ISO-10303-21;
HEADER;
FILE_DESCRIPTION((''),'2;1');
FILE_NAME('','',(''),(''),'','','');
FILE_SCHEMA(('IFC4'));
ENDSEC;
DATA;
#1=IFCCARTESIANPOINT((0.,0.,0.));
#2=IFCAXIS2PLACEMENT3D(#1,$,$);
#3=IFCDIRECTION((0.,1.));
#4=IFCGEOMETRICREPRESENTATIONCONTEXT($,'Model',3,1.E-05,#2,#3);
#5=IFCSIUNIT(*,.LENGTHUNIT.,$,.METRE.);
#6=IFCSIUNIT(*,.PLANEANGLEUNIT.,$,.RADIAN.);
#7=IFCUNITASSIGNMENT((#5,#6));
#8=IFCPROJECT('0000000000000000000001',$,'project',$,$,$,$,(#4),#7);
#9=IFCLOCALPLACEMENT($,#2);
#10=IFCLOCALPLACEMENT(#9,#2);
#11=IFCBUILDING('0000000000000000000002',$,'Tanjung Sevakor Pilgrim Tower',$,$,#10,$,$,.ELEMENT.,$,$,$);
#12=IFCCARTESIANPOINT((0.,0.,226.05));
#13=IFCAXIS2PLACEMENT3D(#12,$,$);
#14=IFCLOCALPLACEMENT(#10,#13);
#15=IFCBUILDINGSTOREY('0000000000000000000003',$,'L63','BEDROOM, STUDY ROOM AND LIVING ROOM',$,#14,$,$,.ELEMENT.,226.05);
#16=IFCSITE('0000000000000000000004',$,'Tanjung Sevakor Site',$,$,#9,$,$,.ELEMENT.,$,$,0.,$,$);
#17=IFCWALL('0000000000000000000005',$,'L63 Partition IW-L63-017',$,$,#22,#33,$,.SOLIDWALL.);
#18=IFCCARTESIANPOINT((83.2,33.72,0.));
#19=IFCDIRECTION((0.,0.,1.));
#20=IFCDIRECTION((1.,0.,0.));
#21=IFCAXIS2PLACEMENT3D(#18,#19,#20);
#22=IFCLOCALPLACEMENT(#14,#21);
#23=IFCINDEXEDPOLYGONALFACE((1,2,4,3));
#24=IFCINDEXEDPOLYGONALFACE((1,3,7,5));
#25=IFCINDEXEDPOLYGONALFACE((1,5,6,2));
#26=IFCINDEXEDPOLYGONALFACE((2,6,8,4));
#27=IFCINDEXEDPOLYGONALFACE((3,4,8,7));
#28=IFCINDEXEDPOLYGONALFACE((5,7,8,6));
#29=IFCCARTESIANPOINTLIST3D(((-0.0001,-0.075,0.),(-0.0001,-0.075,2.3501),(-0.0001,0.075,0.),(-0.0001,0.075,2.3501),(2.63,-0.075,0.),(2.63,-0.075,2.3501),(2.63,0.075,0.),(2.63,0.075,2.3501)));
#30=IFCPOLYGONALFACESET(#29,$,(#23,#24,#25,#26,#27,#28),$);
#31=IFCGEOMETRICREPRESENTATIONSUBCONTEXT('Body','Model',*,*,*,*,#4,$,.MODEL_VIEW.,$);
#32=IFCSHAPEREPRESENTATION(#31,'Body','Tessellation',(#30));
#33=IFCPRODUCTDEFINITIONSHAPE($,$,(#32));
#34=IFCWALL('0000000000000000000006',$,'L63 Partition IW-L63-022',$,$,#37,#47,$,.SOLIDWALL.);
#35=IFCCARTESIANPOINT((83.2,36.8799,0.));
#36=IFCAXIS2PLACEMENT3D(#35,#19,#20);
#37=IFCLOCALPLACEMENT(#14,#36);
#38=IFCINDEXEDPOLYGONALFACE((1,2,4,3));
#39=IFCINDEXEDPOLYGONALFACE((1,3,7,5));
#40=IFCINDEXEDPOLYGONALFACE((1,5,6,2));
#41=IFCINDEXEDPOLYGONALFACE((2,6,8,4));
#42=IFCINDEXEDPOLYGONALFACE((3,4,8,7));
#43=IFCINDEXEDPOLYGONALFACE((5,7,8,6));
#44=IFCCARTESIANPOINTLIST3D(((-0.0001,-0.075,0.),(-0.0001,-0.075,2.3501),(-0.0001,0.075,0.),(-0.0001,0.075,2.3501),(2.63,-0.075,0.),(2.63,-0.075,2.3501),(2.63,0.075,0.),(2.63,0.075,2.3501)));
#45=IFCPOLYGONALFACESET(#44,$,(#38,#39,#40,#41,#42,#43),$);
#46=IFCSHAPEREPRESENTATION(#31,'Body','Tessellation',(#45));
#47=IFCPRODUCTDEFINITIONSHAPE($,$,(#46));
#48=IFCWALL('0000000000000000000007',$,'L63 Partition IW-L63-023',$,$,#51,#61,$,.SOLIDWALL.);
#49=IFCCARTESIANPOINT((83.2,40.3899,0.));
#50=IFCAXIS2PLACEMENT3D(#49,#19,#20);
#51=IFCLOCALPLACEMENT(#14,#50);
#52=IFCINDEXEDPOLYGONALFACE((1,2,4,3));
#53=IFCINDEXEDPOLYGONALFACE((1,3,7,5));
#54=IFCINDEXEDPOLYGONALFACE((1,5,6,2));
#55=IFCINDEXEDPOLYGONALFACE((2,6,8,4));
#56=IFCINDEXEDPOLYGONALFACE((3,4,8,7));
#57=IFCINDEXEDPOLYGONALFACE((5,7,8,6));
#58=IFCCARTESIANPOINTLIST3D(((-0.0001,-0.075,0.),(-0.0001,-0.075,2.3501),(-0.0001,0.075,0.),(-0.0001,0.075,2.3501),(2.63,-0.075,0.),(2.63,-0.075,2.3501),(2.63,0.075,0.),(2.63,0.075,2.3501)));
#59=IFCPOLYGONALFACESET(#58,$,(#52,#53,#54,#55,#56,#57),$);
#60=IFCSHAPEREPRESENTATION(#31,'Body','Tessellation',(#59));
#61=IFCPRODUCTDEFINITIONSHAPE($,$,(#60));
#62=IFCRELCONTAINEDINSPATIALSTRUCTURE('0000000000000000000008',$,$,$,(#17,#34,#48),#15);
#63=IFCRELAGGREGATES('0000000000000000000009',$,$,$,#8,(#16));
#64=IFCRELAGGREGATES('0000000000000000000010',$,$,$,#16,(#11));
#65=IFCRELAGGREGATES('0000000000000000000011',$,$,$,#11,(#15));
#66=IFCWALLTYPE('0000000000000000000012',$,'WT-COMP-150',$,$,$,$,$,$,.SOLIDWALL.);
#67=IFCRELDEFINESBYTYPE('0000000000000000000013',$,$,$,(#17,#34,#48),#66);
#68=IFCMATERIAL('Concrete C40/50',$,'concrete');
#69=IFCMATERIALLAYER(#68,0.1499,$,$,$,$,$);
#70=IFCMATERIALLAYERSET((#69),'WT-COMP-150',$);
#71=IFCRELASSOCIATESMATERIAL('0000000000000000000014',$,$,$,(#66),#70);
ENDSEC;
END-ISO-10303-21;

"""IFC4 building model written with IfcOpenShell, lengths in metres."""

from ifc_helpers import new_model, si_unit, direction, frame, frame_2d, origin, place, context, subcontext, project, spatial, rectangle, extrude, material, layer, layer_set, type_object, element, save


model = new_model("IFC4")

# Units and contexts
model_context = context("Model", 3, precision=1e-05, world=origin(), true_north=direction((0.0, 1.0)))
body_context = subcontext(model_context, "Body", "Model", "MODEL_VIEW")
ifc_project = project(units=[si_unit("LENGTHUNIT", "METRE"), si_unit("PLANEANGLEUNIT", "RADIAN")], contexts=[model_context])

# Site, building, storey
site_placement = place(None, origin())
site = spatial("IfcSite", under=ifc_project, at=site_placement, Name="Tanjung Sevakor Site", CompositionType="ELEMENT", RefElevation=0.0)
building_placement = place(site_placement, origin())
building = spatial("IfcBuilding", under=site, at=building_placement, Name="Tanjung Sevakor Pilgrim Tower", CompositionType="ELEMENT")
storey_placement = place(building_placement, frame((0.0, 0.0, 226.05)))
storey = spatial("IfcBuildingStorey", under=building, at=storey_placement, Name="L63", Description="BEDROOM, STUDY ROOM AND LIVING ROOM", CompositionType="ELEMENT", Elevation=226.05)

# Walls
ifc_material_1 = material(Name="Concrete C40/50", Category="concrete")
ifc_layer_1 = layer(ifc_material_1, 0.1499)
ifc_layer_set_1 = layer_set([ifc_layer_1], Name="WT-COMP-150")
wall_type_1 = type_object("IfcWallType", Name="WT-COMP-150", PredefinedType="SOLIDWALL", material=ifc_layer_set_1)
wall_1_placement = place(storey_placement, frame((83.2, 33.72, 0.0), z_axis=(0.0, 0.0, 1.0), x_axis=(1.0, 0.0, 0.0)))
element("IfcWall", 1, at=wall_1_placement, inside=storey, type_object=wall_type_1, Name="L63 Partition IW-L63-017", PredefinedType="SOLIDWALL", context=body_context, shape_type="SweptSolid", body=[
    extrude(rectangle(XDim=2.6301, YDim=0.1499, at=frame_2d((1.3149, 0.0))), origin(), (0.0, 0.0, 1.0), 2.3501),
])
for number, where, z_axis, x_axis, name in (
    (2, (83.2, 36.8799, 0.0), (0.0, 0.0, 1.0), (1.0, 0.0, 0.0), "L63 Partition IW-L63-022"),
    (3, (83.2, 40.3899, 0.0), (0.0, 0.0, 1.0), (1.0, 0.0, 0.0), "L63 Partition IW-L63-023"),
):
    element("IfcWall", number, at=place(storey_placement, frame(where, z_axis=z_axis, x_axis=x_axis)), inside=storey, type_object=wall_type_1, Name=name, PredefinedType="SOLIDWALL", context=body_context, shape_type="SweptSolid", body=[
        extrude(rectangle(XDim=2.6301, YDim=0.1499, at=frame_2d((1.3149, 0.0))), origin(), (0.0, 0.0, 1.0), 2.3501),
    ])

save(model, "model.ifc")
